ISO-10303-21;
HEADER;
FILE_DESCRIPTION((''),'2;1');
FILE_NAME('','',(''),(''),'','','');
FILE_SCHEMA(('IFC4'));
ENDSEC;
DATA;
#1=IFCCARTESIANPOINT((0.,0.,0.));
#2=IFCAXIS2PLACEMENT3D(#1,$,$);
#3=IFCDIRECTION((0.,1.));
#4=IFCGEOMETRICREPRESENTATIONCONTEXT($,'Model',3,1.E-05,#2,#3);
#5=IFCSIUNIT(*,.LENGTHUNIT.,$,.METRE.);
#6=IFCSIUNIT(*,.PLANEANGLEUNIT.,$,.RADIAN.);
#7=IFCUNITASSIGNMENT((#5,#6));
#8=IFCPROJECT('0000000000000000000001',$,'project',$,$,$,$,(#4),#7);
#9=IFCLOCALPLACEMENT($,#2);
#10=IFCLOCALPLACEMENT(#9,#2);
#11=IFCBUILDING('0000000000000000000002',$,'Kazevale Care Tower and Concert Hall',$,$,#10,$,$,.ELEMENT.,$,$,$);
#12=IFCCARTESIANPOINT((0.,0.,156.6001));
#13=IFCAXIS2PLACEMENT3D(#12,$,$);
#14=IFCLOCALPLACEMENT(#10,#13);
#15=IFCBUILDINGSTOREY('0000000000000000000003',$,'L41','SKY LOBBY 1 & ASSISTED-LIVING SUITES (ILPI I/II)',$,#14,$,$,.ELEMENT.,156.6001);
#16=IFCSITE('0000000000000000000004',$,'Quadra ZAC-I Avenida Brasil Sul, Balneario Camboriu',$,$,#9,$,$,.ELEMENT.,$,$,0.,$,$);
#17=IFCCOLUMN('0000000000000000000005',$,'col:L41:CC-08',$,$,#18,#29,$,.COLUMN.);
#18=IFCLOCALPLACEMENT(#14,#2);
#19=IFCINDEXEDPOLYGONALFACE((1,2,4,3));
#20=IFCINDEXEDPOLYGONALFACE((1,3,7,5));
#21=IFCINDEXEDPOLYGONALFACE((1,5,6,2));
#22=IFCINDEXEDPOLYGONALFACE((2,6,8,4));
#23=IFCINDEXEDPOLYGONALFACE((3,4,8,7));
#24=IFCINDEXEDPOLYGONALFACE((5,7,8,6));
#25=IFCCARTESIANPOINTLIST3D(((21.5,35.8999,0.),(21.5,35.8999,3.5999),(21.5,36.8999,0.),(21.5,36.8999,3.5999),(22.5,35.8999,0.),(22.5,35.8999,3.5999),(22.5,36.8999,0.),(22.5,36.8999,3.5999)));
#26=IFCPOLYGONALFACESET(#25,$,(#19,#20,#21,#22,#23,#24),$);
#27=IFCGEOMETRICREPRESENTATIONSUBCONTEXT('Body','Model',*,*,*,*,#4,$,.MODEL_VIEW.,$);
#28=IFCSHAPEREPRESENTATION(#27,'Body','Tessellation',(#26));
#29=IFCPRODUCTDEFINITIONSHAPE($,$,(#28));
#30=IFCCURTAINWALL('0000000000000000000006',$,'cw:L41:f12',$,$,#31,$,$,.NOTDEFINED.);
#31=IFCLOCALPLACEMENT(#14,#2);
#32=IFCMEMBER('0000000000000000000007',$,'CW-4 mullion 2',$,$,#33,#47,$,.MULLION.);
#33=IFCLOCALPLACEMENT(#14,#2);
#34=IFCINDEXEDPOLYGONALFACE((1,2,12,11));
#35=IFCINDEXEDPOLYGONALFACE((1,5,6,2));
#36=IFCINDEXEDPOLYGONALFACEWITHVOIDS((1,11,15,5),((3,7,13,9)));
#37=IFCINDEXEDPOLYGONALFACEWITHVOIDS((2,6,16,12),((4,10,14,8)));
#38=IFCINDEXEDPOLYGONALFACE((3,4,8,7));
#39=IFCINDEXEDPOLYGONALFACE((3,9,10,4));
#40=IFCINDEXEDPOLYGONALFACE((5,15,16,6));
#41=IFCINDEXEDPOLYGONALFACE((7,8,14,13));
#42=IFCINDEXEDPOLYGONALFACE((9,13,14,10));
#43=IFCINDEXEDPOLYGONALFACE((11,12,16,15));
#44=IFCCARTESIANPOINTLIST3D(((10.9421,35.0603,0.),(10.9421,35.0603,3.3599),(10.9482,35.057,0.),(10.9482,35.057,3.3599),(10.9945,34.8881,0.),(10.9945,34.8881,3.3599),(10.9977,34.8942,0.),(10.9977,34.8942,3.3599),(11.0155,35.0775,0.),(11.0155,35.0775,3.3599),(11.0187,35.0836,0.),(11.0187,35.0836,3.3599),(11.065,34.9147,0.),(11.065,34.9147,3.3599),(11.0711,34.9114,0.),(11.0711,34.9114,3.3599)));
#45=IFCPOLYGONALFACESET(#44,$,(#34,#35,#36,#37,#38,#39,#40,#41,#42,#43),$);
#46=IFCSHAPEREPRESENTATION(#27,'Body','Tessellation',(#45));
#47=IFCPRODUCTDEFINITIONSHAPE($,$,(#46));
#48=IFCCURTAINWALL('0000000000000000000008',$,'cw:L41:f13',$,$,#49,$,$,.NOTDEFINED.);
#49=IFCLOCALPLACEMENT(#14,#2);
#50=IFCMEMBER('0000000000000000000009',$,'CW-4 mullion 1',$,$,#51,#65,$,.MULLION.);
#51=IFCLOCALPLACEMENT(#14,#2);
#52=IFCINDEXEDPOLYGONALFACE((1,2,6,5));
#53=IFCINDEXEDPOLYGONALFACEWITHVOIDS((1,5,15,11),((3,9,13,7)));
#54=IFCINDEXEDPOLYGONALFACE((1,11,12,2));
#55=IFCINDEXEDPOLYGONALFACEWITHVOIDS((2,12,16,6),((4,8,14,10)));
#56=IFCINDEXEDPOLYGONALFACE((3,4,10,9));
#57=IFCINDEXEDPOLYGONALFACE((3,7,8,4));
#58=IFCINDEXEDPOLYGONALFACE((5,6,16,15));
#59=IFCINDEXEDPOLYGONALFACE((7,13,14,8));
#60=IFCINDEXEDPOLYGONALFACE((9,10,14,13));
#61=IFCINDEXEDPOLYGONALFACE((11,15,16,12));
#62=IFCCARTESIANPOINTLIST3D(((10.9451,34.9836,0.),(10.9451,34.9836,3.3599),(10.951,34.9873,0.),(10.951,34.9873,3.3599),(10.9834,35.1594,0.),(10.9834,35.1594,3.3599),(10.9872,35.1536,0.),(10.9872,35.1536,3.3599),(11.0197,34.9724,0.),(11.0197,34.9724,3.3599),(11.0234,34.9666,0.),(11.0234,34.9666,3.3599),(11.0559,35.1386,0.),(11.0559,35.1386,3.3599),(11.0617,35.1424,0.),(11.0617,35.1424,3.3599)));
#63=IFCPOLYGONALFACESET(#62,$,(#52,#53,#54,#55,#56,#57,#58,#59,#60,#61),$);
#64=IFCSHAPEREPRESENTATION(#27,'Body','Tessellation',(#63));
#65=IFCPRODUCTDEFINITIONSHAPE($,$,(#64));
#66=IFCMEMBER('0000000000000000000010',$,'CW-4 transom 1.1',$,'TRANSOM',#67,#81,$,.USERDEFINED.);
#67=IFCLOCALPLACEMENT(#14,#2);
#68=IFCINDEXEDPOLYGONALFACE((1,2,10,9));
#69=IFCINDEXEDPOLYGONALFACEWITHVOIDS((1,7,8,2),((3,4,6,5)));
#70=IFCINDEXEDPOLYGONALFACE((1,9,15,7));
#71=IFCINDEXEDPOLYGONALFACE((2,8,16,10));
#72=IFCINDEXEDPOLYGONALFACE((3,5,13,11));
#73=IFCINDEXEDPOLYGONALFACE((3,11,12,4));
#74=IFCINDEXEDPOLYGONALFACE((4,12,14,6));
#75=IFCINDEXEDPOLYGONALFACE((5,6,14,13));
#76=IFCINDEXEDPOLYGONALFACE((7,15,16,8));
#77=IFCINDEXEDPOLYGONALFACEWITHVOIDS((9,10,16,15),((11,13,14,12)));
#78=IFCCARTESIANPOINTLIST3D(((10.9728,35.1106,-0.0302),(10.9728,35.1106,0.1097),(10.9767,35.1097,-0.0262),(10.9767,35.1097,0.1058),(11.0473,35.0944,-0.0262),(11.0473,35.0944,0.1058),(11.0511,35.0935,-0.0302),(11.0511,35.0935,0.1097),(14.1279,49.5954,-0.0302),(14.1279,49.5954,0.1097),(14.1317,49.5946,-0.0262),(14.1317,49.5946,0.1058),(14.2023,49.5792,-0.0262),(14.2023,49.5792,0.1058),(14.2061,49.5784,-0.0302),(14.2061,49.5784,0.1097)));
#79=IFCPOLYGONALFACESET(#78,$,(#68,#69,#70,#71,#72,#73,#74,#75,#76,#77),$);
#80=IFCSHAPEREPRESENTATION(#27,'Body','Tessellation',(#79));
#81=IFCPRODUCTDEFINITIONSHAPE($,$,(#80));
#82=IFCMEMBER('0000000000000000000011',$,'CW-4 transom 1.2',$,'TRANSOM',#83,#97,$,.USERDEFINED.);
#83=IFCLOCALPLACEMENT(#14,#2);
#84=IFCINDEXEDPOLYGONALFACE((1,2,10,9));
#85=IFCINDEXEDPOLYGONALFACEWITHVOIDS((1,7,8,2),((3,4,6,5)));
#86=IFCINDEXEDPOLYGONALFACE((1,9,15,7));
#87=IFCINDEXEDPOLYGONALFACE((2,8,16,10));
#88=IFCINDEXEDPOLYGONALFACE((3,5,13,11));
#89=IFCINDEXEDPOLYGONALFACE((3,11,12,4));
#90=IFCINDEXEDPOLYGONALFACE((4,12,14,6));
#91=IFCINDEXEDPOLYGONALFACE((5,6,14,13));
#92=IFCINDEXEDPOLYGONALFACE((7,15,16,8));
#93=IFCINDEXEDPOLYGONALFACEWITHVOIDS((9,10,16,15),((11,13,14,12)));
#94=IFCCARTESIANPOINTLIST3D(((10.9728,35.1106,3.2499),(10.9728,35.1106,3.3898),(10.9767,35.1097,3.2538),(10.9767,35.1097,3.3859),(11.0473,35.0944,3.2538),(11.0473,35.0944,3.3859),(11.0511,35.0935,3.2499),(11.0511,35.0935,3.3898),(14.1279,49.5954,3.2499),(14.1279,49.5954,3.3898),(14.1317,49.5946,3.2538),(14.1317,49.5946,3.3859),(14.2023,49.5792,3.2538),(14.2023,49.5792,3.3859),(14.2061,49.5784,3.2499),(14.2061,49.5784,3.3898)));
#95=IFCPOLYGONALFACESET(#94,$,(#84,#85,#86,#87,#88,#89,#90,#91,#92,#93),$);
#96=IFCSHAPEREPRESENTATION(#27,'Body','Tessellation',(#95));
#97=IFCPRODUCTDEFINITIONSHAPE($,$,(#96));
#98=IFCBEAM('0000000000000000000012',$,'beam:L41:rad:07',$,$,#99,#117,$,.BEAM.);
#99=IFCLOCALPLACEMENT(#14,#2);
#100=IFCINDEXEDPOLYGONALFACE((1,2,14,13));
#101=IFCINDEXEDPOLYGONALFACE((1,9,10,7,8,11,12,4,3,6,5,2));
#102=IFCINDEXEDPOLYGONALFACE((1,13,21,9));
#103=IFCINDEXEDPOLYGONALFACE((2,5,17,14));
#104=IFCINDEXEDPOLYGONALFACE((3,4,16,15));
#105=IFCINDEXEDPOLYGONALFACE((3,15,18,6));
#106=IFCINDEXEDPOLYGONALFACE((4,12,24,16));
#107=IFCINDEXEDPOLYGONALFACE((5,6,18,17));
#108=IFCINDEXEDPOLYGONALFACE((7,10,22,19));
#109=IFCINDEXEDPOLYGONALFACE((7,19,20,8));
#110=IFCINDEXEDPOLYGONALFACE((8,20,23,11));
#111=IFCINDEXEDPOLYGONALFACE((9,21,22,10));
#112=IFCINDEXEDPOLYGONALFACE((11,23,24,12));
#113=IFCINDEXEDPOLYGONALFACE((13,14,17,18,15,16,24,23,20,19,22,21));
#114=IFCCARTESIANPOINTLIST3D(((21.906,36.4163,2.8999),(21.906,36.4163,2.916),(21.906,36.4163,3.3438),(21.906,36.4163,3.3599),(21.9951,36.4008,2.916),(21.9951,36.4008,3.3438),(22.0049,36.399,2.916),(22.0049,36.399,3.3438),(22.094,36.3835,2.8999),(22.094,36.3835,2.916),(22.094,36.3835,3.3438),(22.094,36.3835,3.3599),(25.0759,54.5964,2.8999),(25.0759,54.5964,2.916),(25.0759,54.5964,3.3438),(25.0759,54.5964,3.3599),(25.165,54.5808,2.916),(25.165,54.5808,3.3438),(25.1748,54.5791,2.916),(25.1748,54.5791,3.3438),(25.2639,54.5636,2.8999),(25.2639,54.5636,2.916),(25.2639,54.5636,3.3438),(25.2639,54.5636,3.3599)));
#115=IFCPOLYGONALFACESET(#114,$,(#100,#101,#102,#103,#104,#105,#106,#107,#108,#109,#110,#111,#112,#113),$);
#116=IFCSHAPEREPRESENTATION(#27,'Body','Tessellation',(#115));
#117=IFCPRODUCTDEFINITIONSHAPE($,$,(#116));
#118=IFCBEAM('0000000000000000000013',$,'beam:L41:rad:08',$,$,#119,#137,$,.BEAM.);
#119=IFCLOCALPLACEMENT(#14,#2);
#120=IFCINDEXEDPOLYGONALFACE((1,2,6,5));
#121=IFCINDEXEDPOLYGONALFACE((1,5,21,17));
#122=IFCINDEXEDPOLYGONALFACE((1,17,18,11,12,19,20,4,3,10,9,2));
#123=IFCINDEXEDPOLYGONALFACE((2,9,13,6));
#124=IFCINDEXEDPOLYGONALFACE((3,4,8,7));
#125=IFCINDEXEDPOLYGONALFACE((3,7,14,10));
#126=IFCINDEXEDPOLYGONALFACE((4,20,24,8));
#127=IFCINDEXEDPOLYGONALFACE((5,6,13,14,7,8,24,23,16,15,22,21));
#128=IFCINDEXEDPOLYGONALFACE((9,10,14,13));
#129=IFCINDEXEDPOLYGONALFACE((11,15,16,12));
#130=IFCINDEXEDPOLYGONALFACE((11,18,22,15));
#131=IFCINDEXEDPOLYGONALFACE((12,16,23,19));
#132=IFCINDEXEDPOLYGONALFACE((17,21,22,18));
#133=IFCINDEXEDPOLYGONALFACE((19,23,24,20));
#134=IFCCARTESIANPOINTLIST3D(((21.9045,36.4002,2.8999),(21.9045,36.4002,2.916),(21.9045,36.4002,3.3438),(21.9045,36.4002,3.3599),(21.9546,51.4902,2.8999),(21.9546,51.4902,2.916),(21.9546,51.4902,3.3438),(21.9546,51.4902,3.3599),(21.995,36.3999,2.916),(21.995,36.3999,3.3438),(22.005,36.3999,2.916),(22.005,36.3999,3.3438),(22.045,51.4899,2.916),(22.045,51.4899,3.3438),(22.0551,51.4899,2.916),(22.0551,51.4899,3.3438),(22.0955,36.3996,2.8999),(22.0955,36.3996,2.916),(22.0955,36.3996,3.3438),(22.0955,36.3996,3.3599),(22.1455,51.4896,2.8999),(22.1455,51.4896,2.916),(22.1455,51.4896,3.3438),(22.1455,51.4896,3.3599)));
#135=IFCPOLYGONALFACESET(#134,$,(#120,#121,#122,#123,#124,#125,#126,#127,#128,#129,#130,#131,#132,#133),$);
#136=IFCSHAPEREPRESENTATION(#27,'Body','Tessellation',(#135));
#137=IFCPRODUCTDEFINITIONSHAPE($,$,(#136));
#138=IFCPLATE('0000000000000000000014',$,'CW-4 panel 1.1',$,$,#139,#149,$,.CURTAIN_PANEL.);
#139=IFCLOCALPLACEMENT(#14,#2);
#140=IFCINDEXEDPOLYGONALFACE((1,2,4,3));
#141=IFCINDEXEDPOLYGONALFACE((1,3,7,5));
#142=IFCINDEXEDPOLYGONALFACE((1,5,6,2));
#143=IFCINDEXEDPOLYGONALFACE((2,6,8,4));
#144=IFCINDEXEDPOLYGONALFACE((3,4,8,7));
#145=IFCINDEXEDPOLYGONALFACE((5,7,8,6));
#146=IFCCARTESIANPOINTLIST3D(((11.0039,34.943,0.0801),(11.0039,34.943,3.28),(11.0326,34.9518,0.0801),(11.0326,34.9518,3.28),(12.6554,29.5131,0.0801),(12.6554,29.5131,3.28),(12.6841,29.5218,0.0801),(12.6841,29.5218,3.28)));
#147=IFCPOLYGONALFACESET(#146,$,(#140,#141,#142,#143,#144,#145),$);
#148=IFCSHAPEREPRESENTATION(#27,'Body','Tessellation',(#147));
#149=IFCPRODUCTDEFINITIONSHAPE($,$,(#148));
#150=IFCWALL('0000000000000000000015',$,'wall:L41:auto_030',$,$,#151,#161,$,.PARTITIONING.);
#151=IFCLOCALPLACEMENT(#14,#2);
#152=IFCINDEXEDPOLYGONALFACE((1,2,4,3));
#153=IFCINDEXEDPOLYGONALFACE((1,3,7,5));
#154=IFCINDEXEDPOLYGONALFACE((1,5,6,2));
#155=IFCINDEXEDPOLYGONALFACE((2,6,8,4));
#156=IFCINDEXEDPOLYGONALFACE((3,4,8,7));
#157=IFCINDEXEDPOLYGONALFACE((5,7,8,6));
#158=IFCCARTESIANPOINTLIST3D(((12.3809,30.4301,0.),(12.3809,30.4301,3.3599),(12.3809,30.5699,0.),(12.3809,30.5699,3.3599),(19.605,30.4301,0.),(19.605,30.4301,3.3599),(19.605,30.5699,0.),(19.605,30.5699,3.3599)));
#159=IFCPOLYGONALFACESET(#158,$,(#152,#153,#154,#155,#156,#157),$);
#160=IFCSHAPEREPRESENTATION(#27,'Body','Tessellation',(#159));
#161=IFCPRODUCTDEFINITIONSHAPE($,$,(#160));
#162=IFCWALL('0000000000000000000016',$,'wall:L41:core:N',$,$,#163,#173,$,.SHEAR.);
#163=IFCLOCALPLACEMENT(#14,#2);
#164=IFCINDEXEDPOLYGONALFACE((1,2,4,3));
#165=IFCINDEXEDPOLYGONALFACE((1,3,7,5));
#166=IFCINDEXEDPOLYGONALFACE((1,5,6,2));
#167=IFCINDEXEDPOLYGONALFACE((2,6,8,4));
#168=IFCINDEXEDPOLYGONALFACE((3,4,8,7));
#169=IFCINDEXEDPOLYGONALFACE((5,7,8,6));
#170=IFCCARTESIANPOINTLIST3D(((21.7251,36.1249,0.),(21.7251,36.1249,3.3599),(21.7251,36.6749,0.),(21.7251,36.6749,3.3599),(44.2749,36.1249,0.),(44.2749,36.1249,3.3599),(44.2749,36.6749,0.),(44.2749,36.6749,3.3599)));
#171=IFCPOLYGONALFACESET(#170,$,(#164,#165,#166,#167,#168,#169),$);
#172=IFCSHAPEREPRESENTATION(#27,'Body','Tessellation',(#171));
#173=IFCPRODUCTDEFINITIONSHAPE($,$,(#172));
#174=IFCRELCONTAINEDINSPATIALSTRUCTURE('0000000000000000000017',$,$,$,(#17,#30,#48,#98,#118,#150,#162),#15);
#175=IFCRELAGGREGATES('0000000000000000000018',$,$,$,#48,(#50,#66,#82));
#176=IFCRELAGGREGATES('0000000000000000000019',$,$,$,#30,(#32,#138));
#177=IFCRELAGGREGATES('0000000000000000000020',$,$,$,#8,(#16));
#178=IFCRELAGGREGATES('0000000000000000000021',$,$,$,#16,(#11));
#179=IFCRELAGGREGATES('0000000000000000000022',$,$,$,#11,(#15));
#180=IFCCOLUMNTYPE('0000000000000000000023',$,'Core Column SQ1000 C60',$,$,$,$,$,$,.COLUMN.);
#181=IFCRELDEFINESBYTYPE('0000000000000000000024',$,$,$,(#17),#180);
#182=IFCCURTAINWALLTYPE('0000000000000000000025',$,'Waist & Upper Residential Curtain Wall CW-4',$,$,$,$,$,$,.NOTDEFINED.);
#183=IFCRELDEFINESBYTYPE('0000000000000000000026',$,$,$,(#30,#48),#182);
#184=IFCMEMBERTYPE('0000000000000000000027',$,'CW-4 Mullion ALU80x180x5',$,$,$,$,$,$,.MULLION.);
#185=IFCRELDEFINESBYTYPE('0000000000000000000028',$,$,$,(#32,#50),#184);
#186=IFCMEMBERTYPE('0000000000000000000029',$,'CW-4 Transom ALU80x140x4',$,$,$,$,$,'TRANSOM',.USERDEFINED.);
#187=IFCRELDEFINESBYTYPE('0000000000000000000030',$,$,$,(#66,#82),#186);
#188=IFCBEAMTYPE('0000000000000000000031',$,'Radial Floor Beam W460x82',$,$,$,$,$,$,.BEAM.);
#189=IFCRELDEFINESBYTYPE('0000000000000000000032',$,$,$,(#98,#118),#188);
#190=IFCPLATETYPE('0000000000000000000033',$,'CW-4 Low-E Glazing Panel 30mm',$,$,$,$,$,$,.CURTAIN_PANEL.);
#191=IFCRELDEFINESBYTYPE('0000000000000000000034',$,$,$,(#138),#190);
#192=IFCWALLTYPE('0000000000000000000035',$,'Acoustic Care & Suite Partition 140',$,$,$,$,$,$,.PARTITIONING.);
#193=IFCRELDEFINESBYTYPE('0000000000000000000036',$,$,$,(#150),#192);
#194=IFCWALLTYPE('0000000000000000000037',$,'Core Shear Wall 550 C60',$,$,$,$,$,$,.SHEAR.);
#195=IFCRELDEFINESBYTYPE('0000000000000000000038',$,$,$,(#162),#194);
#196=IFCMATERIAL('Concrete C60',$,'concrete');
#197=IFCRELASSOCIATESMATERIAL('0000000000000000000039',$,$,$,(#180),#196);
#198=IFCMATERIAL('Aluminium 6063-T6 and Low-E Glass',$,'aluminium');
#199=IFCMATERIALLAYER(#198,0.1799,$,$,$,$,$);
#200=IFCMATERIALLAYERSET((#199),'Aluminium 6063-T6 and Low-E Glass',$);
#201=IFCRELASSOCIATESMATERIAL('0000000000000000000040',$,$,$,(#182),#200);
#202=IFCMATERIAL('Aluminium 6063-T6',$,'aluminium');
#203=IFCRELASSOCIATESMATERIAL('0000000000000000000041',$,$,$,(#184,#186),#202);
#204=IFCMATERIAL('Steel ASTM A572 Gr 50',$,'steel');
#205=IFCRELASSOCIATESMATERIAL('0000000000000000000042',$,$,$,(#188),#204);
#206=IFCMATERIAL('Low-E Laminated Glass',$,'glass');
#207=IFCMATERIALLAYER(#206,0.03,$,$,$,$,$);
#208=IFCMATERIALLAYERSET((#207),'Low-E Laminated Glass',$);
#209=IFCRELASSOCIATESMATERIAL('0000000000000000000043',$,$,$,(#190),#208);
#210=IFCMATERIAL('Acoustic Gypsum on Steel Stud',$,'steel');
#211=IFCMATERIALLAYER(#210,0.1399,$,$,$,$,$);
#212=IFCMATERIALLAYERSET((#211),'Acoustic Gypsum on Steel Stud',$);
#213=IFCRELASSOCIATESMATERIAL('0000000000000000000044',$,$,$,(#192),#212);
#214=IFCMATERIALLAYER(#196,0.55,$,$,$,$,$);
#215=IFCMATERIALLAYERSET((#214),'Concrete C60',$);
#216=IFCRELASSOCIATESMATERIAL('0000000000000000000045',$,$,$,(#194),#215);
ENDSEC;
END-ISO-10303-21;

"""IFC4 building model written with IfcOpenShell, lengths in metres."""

from ifc_helpers import new_model, si_unit, direction, frame, frame_2d, origin, origin_2d, place, context, subcontext, project, spatial, rectangle, hollow_rectangle, i_section, extrude, material, layer, layer_set, material_profile, profile_set, type_object, element, aggregate, save


model = new_model("IFC4")

# Units and contexts
model_context = context("Model", 3, precision=1e-05, world=origin(), true_north=direction((0.0, 1.0)))
body_context = subcontext(model_context, "Body", "Model", "MODEL_VIEW")
ifc_project = project(units=[si_unit("LENGTHUNIT", "METRE"), si_unit("PLANEANGLEUNIT", "RADIAN")], contexts=[model_context])

# Site, building, storey
site_placement = place(None, origin())
site = spatial("IfcSite", under=ifc_project, at=site_placement, Name="Quadra ZAC-I Avenida Brasil Sul, Balneario Camboriu", CompositionType="ELEMENT", RefElevation=0.0)
building_placement = place(site_placement, origin())
building = spatial("IfcBuilding", under=site, at=building_placement, Name="Kazevale Care Tower and Concert Hall", CompositionType="ELEMENT")
storey_placement = place(building_placement, frame((0.0, 0.0, 156.6001)))
storey = spatial("IfcBuildingStorey", under=building, at=storey_placement, Name="L41", Description="SKY LOBBY 1 & ASSISTED-LIVING SUITES (ILPI I/II)", CompositionType="ELEMENT", Elevation=156.6001)

# Column
ifc_material_1 = material(Name="Concrete C60", Category="concrete")
ifc_material_profile_1 = material_profile(ifc_material_1, rectangle(XDim=1.0, YDim=1.0, at=origin_2d()), Name="RC-SQ1000")
ifc_profile_set_1 = profile_set([ifc_material_profile_1], Name="Concrete C60")
column_type = type_object("IfcColumnType", Name="Core Column SQ1000 C60", PredefinedType="COLUMN", material=ifc_profile_set_1)
column_placement = place(storey_placement, frame((22.0, 36.3999, 0.0), z_axis=(0.0, 0.0, 1.0), x_axis=(1.0, 0.0, 0.0)))
element("IfcColumn", 1, at=column_placement, inside=storey, type_object=column_type, Name="col:L41:CC-08", PredefinedType="COLUMN", context=body_context, shape_type="SweptSolid", body=[
    extrude(rectangle(XDim=1.0, YDim=1.0, at=origin_2d()), origin(), (0.0, 0.0, 1.0), 3.5999),
])

# Curtain wall, member
ifc_material_2 = material(Name="Aluminium 6063-T6 and Low-E Glass", Category="aluminium")
ifc_layer_1 = layer(ifc_material_2, 0.1799)
ifc_layer_set_1 = layer_set([ifc_layer_1], Name="Aluminium 6063-T6 and Low-E Glass")
curtain_wall_type = type_object("IfcCurtainWallType", Name="Waist & Upper Residential Curtain Wall CW-4", PredefinedType="NOTDEFINED", material=ifc_layer_set_1)
curtain_wall_1_placement = place(storey_placement, origin())
curtain_wall_1 = element("IfcCurtainWall", 2, at=curtain_wall_1_placement, inside=storey, type_object=curtain_wall_type, Name="cw:L41:f12", PredefinedType="NOTDEFINED")
ifc_material_3 = material(Name="Aluminium 6063-T6", Category="aluminium")
ifc_material_profile_2 = material_profile(ifc_material_3, hollow_rectangle(XDim=0.0801, YDim=0.1799, WallThickness=0.0049, at=origin_2d()), Name="ALU80x180x5")
ifc_profile_set_2 = profile_set([ifc_material_profile_2], Name="Aluminium 6063-T6")
member_type_1 = type_object("IfcMemberType", Name="CW-4 Mullion ALU80x180x5", PredefinedType="MULLION", material=ifc_profile_set_2)
member_1_placement = place(storey_placement, frame((11.0066, 34.9858, 0.0), z_axis=(0.0, 0.0, 1.0), x_axis=(-0.95673, -0.290977, 0.0)))
member_1 = element("IfcMember", 3, at=member_1_placement, type_object=member_type_1, Name="CW-4 mullion 2", PredefinedType="MULLION", context=body_context, shape_type="SweptSolid", body=[
    extrude(hollow_rectangle(XDim=0.0801, YDim=0.1799, WallThickness=0.0049, at=origin_2d()), origin(), (0.0, 0.0, 1.0), 3.3599),
])

# Curtain wall, members
curtain_wall_2_placement = place(storey_placement, origin())
curtain_wall_2 = element("IfcCurtainWall", 4, at=curtain_wall_2_placement, inside=storey, type_object=curtain_wall_type, Name="cw:L41:f13", PredefinedType="NOTDEFINED")
member_2_placement = place(storey_placement, frame((11.0034, 35.063, 0.0), z_axis=(0.0, 0.0, 1.0), x_axis=(-0.977091, 0.212823, 0.0)))
member_2 = element("IfcMember", 5, at=member_2_placement, type_object=member_type_1, Name="CW-4 mullion 1", PredefinedType="MULLION", context=body_context, shape_type="SweptSolid", body=[
    extrude(hollow_rectangle(XDim=0.0801, YDim=0.1799, WallThickness=0.0049, at=origin_2d()), origin(), (0.0, 0.0, 1.0), 3.3599),
])
ifc_material_profile_3 = material_profile(ifc_material_3, hollow_rectangle(XDim=0.0801, YDim=0.1399, WallThickness=0.0039, at=origin_2d()), Name="ALU80x140x4")
ifc_profile_set_3 = profile_set([ifc_material_profile_3], Name="Aluminium 6063-T6")
member_type_2 = type_object("IfcMemberType", Name="CW-4 Transom ALU80x140x4", ElementType="TRANSOM", PredefinedType="USERDEFINED", material=ifc_profile_set_3)
member_3_placement = place(storey_placement, frame((11.012, 35.1021, 0.0398), z_axis=(0.212826, 0.97709, 0.0), x_axis=(-0.97709, 0.212826, 0.0)))
member_3 = element("IfcMember", 6, at=member_3_placement, type_object=member_type_2, Name="CW-4 transom 1.1", ObjectType="TRANSOM", PredefinedType="USERDEFINED", context=body_context, shape_type="SweptSolid", body=[
    extrude(hollow_rectangle(XDim=0.0801, YDim=0.1399, WallThickness=0.0039, at=origin_2d()), origin(), (0.0, 0.0, 1.0), 14.8245),
])
member_4_placement = place(storey_placement, frame((11.012, 35.1021, 3.3198), z_axis=(0.212826, 0.97709, 0.0), x_axis=(-0.97709, 0.212826, 0.0)))
member_4 = element("IfcMember", 7, at=member_4_placement, type_object=member_type_2, Name="CW-4 transom 1.2", ObjectType="TRANSOM", PredefinedType="USERDEFINED", context=body_context, shape_type="SweptSolid", body=[
    extrude(hollow_rectangle(XDim=0.0801, YDim=0.1399, WallThickness=0.0039, at=origin_2d()), origin(), (0.0, 0.0, 1.0), 14.8245),
])
aggregate(curtain_wall_2, [member_2, member_3, member_4])

# Beams
ifc_material_4 = material(Name="Steel ASTM A572 Gr 50", Category="steel")
ifc_material_profile_4 = material_profile(ifc_material_4, i_section(OverallWidth=0.1909, OverallDepth=0.46, WebThickness=0.01, FlangeThickness=0.0161, at=origin_2d()), Name="W460x82")
ifc_profile_set_4 = profile_set([ifc_material_profile_4], Name="Steel ASTM A572 Gr 50")
beam_type = type_object("IfcBeamType", Name="Radial Floor Beam W460x82", PredefinedType="BEAM", material=ifc_profile_set_4)
beam_1_placement = place(storey_placement, frame((22.0, 36.3999, 3.1299), z_axis=(0.17177, 0.985137, 0.0), x_axis=(-0.985137, 0.17177, 0.0)))
element("IfcBeam", 8, at=beam_1_placement, inside=storey, type_object=beam_type, Name="beam:L41:rad:07", PredefinedType="BEAM", context=body_context, shape_type="SweptSolid", body=[
    extrude(i_section(OverallWidth=0.1909, OverallDepth=0.46, WebThickness=0.01, FlangeThickness=0.0161, at=origin_2d()), origin(), (0.0, 0.0, 1.0), 18.4543),
])
beam_2_placement = place(storey_placement, frame((22.0, 36.3999, 3.1299), z_axis=(0.003317, 0.999994, 0.0), x_axis=(-0.999994, 0.003317, 0.0)))
element("IfcBeam", 9, at=beam_2_placement, inside=storey, type_object=beam_type, Name="beam:L41:rad:08", PredefinedType="BEAM", context=body_context, shape_type="SweptSolid", body=[
    extrude(i_section(OverallWidth=0.1909, OverallDepth=0.46, WebThickness=0.01, FlangeThickness=0.0161, at=origin_2d()), origin(), (0.0, 0.0, 1.0), 15.0901),
])

# Plate
ifc_material_5 = material(Name="Low-E Laminated Glass", Category="glass")
ifc_layer_2 = layer(ifc_material_5, 0.03)
ifc_layer_set_2 = layer_set([ifc_layer_2], Name="Low-E Laminated Glass")
plate_type = type_object("IfcPlateType", Name="CW-4 Low-E Glazing Panel 30mm", PredefinedType="CURTAIN_PANEL", material=ifc_layer_set_2)
plate_placement = place(storey_placement, frame((11.844, 32.2324, 0.0801), z_axis=(0.0, 0.0, 1.0), x_axis=(-0.290977, 0.95673, 0.0)))
plate = element("IfcPlate", 10, at=plate_placement, type_object=plate_type, Name="CW-4 panel 1.1", PredefinedType="CURTAIN_PANEL", context=body_context, shape_type="SweptSolid", body=[
    extrude(rectangle(XDim=5.6755, YDim=0.03, at=origin_2d()), origin(), (0.0, 0.0, 1.0), 3.2),
])
aggregate(curtain_wall_1, [member_1, plate])

# Walls
ifc_material_6 = material(Name="Acoustic Gypsum on Steel Stud", Category="steel")
ifc_layer_3 = layer(ifc_material_6, 0.1399)
ifc_layer_set_3 = layer_set([ifc_layer_3], Name="Acoustic Gypsum on Steel Stud")
wall_type_1 = type_object("IfcWallType", Name="Acoustic Care & Suite Partition 140", PredefinedType="PARTITIONING", material=ifc_layer_set_3)
wall_1_placement = place(storey_placement, frame((12.3809, 30.5, 0.0), z_axis=(0.0, 0.0, 1.0), x_axis=(1.0, 0.0, 0.0)))
element("IfcWall", 11, at=wall_1_placement, inside=storey, type_object=wall_type_1, Name="wall:L41:auto_030", PredefinedType="PARTITIONING", context=body_context, shape_type="SweptSolid", body=[
    extrude(rectangle(XDim=7.2241, YDim=0.1399, at=frame_2d((3.6121, 0.0))), origin(), (0.0, 0.0, 1.0), 3.3599),
])
ifc_layer_4 = layer(ifc_material_1, 0.55)
ifc_layer_set_4 = layer_set([ifc_layer_4], Name="Concrete C60")
wall_type_2 = type_object("IfcWallType", Name="Core Shear Wall 550 C60", PredefinedType="SHEAR", material=ifc_layer_set_4)
wall_2_placement = place(storey_placement, frame((21.7251, 36.3999, 0.0), z_axis=(0.0, 0.0, 1.0), x_axis=(1.0, 0.0, 0.0)))
element("IfcWall", 12, at=wall_2_placement, inside=storey, type_object=wall_type_2, Name="wall:L41:core:N", PredefinedType="SHEAR", context=body_context, shape_type="SweptSolid", body=[
    extrude(rectangle(XDim=22.5498, YDim=0.55, at=frame_2d((11.2749, 0.0))), origin(), (0.0, 0.0, 1.0), 3.3599),
])

save(model, "model.ifc")
